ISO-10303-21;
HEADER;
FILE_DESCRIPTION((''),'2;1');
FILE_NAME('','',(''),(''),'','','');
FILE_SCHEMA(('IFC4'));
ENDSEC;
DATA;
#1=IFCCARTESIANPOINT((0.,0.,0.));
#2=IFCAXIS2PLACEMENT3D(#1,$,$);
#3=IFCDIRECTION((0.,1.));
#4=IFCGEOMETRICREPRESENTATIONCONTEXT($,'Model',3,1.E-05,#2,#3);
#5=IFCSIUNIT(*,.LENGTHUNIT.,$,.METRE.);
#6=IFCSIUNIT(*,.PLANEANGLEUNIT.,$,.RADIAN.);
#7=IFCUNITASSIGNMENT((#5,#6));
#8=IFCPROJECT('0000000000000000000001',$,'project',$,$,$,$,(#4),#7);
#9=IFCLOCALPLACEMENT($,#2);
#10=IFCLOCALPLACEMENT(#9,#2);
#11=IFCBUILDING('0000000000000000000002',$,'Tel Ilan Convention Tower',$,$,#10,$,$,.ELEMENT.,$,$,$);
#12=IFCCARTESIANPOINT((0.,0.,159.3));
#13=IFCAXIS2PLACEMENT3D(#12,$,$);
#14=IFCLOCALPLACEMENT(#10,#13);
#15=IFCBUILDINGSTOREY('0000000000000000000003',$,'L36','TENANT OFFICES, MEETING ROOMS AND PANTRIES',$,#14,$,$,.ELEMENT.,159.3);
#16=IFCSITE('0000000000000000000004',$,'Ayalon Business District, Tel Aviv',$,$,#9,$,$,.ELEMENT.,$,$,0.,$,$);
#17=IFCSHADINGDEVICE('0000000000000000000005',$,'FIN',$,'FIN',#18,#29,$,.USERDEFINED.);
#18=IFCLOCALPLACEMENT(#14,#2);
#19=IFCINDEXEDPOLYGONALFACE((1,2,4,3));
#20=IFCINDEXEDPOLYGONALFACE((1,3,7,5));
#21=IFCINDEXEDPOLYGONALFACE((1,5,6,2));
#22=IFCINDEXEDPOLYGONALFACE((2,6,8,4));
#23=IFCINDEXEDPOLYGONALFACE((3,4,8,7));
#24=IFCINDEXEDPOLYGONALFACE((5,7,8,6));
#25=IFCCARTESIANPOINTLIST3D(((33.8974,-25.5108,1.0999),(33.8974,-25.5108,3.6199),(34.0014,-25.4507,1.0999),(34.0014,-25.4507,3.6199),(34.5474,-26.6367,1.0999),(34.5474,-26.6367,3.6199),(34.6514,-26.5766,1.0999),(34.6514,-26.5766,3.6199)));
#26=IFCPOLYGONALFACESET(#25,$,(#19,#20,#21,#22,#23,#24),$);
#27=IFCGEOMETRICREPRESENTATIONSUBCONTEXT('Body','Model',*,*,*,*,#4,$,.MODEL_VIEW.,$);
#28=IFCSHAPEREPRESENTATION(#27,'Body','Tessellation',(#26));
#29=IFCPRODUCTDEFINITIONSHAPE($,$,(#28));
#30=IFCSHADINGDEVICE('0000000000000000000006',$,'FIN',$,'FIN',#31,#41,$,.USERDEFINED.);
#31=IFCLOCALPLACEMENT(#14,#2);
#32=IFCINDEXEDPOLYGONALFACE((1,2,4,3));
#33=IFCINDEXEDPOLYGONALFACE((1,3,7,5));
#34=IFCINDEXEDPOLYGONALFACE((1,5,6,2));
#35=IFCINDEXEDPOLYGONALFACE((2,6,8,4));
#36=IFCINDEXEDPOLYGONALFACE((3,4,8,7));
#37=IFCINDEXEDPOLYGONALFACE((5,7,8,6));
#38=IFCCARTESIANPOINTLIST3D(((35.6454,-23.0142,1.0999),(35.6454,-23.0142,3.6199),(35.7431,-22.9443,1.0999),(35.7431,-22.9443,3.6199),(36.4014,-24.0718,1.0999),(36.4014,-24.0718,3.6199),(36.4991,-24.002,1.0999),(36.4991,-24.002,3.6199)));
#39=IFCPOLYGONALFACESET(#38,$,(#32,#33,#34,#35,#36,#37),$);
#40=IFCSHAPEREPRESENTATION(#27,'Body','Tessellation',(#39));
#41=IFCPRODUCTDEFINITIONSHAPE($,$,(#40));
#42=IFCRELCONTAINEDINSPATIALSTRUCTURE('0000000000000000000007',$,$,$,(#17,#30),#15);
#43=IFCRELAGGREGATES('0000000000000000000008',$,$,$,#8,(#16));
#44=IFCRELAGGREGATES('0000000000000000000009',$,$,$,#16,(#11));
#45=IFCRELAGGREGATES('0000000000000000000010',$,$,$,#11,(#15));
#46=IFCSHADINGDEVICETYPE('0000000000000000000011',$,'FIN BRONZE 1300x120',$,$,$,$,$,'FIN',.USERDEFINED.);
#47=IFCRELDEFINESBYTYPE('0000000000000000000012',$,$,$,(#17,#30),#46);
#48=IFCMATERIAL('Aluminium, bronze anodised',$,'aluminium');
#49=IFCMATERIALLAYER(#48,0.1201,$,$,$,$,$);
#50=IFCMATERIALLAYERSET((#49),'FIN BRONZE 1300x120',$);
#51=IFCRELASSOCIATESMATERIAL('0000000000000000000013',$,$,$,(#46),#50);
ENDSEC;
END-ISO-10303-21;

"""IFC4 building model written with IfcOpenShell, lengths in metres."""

from ifc_helpers import new_model, si_unit, direction, frame, origin, origin_2d, place, context, subcontext, project, spatial, rectangle, extrude, material, layer, layer_set, type_object, element, save


model = new_model("IFC4")

# Units and contexts
model_context = context("Model", 3, precision=1e-05, world=origin(), true_north=direction((0.0, 1.0)))
body_context = subcontext(model_context, "Body", "Model", "MODEL_VIEW")
ifc_project = project(units=[si_unit("LENGTHUNIT", "METRE"), si_unit("PLANEANGLEUNIT", "RADIAN")], contexts=[model_context])

# Site, building, storey
site_placement = place(None, origin())
site = spatial("IfcSite", under=ifc_project, at=site_placement, Name="Ayalon Business District, Tel Aviv", CompositionType="ELEMENT", RefElevation=0.0)
building_placement = place(site_placement, origin())
building = spatial("IfcBuilding", under=site, at=building_placement, Name="Tel Ilan Convention Tower", CompositionType="ELEMENT")
storey_placement = place(building_placement, frame((0.0, 0.0, 159.3)))
storey = spatial("IfcBuildingStorey", under=building, at=storey_placement, Name="L36", Description="TENANT OFFICES, MEETING ROOMS AND PANTRIES", CompositionType="ELEMENT", Elevation=159.3)

# Shading devices
ifc_material_1 = material(Name="Aluminium, bronze anodised", Category="aluminium")
ifc_layer_1 = layer(ifc_material_1, 0.1201)
ifc_layer_set_1 = layer_set([ifc_layer_1], Name="FIN BRONZE 1300x120")
shading_device_type = type_object("IfcShadingDeviceType", Name="FIN BRONZE 1300x120", ElementType="FIN", PredefinedType="USERDEFINED", material=ifc_layer_set_1)
for number, where, z_axis, x_axis, name in (
    (1, (34.2744, -26.0437, 1.0999), (0.0, 0.0, 1.0), (0.5, -0.866025, 0.0), "FIN"),
    (2, (36.0723, -23.5081, 1.0999), (0.0, 0.0, 1.0), (0.581492, -0.813552, 0.0), "FIN"),
):
    element("IfcShadingDevice", number, at=place(storey_placement, frame(where, z_axis=z_axis, x_axis=x_axis)), inside=storey, type_object=shading_device_type, Name=name, ObjectType="FIN", PredefinedType="USERDEFINED", context=body_context, shape_type="SweptSolid", body=[
        extrude(rectangle(XDim=1.3, YDim=0.1201, at=origin_2d()), origin(), (0.0, 0.0, 1.0), 2.52),
    ])

save(model, "model.ifc")
